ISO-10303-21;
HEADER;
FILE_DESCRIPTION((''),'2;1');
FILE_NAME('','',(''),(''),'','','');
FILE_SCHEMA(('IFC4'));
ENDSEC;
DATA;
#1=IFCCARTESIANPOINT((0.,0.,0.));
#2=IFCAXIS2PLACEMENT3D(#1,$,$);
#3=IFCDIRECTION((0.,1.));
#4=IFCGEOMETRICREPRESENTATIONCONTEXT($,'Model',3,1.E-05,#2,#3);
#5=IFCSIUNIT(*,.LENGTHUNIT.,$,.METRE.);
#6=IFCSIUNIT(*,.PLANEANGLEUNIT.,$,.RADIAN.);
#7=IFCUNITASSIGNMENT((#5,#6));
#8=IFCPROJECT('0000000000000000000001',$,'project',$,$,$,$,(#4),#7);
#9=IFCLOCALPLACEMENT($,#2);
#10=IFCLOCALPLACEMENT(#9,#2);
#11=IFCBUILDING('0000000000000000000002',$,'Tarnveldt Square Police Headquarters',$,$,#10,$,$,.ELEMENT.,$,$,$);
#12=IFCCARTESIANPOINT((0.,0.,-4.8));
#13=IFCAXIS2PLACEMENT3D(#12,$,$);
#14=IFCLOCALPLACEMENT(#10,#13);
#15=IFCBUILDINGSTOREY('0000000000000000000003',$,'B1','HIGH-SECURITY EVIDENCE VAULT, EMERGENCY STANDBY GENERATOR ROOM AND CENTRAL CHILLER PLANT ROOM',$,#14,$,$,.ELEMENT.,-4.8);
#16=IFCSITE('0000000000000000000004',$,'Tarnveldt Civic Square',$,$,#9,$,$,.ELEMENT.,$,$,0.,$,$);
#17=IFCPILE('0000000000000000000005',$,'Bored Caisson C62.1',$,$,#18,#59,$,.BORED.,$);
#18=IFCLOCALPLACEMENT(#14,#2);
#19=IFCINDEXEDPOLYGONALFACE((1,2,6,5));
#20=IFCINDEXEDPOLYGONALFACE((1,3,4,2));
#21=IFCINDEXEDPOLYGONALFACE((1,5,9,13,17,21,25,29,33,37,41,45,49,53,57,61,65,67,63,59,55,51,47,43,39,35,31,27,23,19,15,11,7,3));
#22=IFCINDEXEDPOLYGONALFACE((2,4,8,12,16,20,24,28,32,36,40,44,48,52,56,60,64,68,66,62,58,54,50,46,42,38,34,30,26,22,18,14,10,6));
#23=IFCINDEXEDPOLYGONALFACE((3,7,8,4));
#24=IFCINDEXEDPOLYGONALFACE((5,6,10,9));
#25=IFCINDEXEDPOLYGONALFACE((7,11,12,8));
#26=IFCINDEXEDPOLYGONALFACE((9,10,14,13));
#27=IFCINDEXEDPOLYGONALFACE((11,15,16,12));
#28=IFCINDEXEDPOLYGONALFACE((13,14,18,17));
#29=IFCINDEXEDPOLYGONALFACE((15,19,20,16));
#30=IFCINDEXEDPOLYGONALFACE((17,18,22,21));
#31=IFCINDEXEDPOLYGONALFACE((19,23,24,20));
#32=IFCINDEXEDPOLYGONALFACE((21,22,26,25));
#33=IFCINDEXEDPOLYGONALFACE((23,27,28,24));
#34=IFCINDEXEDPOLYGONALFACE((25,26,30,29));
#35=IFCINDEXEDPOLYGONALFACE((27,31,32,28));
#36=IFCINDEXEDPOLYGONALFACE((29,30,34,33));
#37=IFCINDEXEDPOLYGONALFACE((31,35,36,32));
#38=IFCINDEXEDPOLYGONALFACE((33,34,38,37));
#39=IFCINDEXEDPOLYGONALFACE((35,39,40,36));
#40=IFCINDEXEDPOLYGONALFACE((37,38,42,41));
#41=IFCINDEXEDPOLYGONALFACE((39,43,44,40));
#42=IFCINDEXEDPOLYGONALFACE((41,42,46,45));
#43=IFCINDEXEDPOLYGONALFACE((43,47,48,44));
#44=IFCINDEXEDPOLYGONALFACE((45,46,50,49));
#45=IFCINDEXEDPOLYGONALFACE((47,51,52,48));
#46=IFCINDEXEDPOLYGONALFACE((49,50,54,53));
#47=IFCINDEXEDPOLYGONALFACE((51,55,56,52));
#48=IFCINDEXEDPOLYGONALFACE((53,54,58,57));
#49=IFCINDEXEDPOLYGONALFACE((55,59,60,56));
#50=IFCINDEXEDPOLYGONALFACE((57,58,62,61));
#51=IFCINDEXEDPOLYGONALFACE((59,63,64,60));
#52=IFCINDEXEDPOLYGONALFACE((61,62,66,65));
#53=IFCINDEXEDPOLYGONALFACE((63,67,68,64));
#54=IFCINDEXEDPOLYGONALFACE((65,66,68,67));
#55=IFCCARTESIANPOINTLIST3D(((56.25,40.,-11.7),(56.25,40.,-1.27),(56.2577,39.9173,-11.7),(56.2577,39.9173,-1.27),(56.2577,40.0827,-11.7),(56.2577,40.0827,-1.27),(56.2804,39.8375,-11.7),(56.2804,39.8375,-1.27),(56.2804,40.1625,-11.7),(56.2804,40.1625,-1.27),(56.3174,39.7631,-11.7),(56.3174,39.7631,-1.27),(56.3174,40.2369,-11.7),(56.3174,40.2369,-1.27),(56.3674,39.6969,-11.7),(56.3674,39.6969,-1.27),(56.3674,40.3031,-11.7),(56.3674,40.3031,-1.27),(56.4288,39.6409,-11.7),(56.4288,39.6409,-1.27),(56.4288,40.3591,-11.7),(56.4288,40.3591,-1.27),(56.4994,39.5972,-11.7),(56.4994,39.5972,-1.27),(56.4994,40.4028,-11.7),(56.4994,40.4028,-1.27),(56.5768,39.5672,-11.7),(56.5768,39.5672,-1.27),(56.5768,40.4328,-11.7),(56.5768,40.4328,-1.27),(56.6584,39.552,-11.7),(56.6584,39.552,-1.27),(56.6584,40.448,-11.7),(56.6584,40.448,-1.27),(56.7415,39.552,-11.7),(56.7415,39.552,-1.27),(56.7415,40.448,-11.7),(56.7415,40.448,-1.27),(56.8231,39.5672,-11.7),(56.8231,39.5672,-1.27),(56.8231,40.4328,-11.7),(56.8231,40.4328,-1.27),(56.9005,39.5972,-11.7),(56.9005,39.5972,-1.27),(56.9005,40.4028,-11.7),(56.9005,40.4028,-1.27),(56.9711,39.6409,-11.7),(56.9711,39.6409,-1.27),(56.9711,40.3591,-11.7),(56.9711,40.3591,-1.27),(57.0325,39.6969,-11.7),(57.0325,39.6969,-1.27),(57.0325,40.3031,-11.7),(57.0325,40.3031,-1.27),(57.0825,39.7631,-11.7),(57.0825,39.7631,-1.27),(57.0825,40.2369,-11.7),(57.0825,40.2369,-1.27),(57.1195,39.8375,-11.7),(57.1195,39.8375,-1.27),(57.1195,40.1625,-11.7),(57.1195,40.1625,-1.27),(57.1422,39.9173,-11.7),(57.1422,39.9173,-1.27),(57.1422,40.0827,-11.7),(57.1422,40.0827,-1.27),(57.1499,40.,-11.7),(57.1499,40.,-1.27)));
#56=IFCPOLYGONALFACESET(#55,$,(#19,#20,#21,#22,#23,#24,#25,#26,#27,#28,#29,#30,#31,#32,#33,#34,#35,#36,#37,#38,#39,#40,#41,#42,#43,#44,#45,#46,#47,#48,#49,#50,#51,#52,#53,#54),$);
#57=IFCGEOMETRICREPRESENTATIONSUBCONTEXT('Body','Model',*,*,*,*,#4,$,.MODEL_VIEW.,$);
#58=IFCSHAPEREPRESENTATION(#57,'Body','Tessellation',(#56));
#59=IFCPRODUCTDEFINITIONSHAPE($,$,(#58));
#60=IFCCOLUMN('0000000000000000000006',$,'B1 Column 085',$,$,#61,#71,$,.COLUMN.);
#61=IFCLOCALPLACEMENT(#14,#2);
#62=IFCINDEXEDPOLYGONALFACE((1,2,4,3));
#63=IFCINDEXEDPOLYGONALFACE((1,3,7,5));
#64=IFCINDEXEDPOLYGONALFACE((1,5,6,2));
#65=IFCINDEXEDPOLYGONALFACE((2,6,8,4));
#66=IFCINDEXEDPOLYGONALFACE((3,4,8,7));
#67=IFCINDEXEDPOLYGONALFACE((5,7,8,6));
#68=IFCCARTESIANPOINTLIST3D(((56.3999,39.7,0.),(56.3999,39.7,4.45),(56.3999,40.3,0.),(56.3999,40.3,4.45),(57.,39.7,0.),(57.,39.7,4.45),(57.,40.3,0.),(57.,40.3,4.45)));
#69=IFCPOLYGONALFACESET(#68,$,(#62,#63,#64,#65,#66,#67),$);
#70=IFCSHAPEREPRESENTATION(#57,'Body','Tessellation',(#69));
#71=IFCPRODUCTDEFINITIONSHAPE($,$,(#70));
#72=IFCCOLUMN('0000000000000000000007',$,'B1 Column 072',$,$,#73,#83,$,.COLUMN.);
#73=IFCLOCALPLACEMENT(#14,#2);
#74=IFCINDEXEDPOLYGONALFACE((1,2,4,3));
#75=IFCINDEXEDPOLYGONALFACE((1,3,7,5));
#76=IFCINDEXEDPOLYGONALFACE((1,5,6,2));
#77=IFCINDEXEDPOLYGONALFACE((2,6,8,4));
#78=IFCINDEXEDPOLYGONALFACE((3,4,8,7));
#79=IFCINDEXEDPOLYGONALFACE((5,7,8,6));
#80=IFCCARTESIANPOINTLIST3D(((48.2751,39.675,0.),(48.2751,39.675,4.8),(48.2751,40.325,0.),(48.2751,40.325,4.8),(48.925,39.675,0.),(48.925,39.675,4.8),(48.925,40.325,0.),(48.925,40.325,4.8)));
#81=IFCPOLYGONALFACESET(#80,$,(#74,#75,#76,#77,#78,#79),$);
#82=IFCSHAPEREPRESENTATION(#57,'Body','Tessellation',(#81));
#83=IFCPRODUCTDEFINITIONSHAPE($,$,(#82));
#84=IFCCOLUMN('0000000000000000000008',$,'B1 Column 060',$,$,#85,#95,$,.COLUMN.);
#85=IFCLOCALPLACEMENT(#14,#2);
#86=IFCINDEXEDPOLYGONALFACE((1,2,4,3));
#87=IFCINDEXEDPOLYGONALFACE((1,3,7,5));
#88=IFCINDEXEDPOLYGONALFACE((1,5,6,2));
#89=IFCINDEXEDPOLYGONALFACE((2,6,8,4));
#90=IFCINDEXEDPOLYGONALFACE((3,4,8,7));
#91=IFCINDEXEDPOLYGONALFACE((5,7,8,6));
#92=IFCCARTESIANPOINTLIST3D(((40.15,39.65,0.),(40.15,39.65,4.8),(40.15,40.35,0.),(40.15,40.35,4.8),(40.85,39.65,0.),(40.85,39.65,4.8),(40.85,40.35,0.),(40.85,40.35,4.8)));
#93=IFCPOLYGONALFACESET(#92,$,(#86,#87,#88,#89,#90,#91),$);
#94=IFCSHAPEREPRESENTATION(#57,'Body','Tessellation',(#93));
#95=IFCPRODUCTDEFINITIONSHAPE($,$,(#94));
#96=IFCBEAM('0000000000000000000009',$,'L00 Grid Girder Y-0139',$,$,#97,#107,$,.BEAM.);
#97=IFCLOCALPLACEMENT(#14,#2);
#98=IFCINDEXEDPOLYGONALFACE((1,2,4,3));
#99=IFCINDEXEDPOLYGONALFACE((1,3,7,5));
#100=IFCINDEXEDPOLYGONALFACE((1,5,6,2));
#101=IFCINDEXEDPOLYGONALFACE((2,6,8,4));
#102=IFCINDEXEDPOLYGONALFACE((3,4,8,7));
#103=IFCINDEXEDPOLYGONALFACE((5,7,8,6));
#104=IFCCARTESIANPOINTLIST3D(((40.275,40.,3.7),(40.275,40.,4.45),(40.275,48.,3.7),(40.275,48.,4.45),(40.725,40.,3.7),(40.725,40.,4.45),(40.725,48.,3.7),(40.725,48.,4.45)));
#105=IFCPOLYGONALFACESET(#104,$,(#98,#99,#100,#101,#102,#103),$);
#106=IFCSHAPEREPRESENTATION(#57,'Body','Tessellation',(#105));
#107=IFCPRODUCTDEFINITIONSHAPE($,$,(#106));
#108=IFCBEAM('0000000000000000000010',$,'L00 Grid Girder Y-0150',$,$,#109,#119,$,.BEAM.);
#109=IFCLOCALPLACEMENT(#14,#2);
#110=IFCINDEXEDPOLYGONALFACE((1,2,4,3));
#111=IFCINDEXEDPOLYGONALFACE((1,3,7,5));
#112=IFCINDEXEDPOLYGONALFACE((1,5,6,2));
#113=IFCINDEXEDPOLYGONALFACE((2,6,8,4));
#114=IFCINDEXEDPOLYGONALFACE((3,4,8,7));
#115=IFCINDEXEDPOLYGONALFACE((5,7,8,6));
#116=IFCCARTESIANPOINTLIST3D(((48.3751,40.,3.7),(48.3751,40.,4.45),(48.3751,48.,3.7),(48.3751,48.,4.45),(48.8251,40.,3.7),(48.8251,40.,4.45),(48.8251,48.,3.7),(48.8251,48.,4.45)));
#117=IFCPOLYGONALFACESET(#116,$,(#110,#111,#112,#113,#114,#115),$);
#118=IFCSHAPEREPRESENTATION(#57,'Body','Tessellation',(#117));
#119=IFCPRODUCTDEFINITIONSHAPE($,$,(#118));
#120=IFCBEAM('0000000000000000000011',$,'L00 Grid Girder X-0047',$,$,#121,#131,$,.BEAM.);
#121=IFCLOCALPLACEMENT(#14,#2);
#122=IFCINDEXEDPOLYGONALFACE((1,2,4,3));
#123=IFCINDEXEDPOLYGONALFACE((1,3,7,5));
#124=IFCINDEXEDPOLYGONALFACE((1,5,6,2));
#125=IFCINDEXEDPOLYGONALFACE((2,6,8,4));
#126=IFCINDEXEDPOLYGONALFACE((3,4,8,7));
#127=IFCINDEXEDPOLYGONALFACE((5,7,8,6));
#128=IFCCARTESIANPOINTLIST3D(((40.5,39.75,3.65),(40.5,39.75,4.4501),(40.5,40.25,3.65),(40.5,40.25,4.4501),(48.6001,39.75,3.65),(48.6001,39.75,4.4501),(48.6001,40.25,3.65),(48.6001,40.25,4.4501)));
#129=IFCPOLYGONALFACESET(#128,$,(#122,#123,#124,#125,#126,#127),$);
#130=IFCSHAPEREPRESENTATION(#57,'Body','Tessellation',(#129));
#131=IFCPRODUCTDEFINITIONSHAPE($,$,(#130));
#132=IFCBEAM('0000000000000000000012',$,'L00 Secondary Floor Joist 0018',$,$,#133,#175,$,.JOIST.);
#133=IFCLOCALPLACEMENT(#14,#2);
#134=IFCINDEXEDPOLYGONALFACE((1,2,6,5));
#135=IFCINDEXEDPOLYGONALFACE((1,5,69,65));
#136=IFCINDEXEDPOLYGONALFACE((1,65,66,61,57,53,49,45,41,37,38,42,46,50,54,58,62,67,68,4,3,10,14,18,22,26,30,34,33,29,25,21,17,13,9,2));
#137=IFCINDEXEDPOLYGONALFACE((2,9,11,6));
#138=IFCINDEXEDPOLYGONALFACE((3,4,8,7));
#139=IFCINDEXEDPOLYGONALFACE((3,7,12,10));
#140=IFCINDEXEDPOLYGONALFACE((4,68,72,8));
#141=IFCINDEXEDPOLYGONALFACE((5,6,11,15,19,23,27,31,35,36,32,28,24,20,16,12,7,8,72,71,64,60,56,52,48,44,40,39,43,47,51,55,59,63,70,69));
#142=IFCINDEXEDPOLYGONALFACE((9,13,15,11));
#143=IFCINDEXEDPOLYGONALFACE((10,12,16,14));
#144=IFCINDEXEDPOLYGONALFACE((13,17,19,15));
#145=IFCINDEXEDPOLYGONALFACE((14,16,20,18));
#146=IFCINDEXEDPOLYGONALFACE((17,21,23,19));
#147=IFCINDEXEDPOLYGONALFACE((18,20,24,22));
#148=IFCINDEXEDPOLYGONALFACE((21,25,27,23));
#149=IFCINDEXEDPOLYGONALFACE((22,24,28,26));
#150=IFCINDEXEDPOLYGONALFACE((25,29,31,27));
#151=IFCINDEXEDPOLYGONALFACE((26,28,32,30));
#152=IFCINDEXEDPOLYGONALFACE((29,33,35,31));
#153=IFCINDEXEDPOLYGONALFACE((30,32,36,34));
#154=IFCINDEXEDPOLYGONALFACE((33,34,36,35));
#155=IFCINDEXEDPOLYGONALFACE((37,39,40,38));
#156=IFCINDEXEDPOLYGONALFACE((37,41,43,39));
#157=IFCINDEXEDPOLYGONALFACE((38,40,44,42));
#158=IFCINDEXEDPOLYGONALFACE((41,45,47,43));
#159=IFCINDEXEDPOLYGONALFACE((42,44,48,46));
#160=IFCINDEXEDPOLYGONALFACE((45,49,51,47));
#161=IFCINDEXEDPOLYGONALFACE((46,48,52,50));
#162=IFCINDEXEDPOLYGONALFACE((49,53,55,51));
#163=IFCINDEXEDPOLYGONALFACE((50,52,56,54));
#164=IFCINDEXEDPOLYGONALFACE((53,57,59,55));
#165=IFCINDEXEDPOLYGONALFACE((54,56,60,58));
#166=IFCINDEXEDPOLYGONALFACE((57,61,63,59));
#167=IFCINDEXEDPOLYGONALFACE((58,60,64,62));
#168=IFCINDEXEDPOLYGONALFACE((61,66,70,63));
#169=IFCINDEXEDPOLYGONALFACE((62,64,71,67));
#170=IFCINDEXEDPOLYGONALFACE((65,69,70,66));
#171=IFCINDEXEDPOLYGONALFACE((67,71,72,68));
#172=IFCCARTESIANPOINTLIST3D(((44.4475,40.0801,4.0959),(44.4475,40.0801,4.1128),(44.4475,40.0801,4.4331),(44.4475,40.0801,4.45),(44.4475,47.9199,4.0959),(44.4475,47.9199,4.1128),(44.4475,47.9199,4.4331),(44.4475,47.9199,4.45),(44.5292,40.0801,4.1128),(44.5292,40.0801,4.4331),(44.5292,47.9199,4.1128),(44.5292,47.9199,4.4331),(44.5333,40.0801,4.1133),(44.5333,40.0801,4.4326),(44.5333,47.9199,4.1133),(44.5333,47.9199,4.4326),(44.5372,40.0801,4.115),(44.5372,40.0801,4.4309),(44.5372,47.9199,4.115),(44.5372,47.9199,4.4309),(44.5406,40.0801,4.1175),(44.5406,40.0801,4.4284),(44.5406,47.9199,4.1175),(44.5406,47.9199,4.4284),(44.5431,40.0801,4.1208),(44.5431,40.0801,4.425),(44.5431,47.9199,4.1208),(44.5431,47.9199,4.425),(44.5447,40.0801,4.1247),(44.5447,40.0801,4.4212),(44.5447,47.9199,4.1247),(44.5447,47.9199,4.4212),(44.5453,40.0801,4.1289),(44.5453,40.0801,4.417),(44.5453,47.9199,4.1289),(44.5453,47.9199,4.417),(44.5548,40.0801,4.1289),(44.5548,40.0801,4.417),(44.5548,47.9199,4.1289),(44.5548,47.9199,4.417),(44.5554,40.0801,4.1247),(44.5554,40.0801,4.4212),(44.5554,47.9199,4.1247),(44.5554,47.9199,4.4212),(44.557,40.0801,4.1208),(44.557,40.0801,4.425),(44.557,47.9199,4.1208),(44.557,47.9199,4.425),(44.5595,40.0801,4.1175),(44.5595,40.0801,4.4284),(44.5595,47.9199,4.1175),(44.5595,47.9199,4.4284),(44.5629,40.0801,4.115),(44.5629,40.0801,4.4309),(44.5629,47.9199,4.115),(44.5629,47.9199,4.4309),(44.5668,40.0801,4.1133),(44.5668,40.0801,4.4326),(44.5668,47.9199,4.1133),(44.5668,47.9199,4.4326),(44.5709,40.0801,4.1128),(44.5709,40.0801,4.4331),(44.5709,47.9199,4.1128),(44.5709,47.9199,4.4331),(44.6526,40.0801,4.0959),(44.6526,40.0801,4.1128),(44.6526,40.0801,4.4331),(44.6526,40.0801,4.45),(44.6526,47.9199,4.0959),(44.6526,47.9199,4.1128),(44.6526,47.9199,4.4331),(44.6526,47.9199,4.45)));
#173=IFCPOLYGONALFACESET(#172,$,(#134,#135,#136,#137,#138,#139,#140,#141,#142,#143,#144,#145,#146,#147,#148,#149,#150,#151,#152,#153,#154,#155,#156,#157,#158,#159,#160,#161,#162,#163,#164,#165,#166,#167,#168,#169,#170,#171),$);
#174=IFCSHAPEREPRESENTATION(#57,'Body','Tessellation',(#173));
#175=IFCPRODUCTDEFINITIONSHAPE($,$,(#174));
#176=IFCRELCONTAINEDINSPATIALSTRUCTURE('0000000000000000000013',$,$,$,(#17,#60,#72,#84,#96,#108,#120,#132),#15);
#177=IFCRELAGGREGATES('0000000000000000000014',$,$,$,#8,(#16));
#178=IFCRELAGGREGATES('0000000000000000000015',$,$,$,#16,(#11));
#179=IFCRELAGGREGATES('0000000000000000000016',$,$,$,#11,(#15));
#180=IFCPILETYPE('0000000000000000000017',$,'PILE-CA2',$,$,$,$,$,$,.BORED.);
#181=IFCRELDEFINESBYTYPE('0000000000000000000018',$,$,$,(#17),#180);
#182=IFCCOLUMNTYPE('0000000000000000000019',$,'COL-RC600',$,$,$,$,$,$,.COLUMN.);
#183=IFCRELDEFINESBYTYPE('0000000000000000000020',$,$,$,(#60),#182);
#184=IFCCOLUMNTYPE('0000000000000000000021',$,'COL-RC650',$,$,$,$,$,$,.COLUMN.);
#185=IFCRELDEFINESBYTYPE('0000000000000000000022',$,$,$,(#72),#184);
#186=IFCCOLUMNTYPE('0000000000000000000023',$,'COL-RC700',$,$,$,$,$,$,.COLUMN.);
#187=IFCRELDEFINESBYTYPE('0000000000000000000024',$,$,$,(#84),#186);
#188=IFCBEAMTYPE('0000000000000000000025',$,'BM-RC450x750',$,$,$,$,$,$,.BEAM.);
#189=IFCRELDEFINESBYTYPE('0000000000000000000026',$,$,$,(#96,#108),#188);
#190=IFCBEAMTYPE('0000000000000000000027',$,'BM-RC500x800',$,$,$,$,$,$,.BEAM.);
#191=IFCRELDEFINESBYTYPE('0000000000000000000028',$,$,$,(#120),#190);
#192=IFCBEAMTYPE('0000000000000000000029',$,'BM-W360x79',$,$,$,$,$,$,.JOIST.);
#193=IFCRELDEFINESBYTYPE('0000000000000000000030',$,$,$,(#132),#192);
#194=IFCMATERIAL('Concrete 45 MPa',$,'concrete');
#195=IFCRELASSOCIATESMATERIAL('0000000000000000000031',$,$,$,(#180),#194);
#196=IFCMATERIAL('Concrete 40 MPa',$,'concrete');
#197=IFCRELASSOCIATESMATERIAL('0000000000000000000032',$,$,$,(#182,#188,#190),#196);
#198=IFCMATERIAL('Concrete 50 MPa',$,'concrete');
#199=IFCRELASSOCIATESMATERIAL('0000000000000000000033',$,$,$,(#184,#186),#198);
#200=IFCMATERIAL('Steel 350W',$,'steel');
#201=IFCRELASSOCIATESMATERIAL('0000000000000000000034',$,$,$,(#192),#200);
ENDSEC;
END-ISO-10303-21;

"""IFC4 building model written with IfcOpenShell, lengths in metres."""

from ifc_helpers import new_model, si_unit, direction, frame, origin, origin_2d, place, context, subcontext, project, spatial, rectangle, circle, i_section, extrude, material, material_profile, profile_set, type_object, element, save


model = new_model("IFC4")

# Units and contexts
model_context = context("Model", 3, precision=1e-05, world=origin(), true_north=direction((0.0, 1.0)))
body_context = subcontext(model_context, "Body", "Model", "MODEL_VIEW")
ifc_project = project(units=[si_unit("LENGTHUNIT", "METRE"), si_unit("PLANEANGLEUNIT", "RADIAN")], contexts=[model_context])

# Site, building, storey
site_placement = place(None, origin())
site = spatial("IfcSite", under=ifc_project, at=site_placement, Name="Tarnveldt Civic Square", CompositionType="ELEMENT", RefElevation=0.0)
building_placement = place(site_placement, origin())
building = spatial("IfcBuilding", under=site, at=building_placement, Name="Tarnveldt Square Police Headquarters", CompositionType="ELEMENT")
storey_placement = place(building_placement, frame((0.0, 0.0, -4.8)))
storey = spatial("IfcBuildingStorey", under=building, at=storey_placement, Name="B1", Description="HIGH-SECURITY EVIDENCE VAULT, EMERGENCY STANDBY GENERATOR ROOM AND CENTRAL CHILLER PLANT ROOM", CompositionType="ELEMENT", Elevation=-4.8)

# Shared definitions
ifc_material_1 = material(Name="Concrete 45 MPa", Category="concrete")

# Pile
ifc_material_profile_1 = material_profile(ifc_material_1, circle(Radius=0.45, at=origin_2d()), Name="CAISSON-D900")
ifc_profile_set_1 = profile_set([ifc_material_profile_1], Name="Concrete 45 MPa")
pile_type = type_object("IfcPileType", Name="PILE-CA2", PredefinedType="BORED", material=ifc_profile_set_1)
pile_placement = place(storey_placement, frame((56.7, 40.0, -1.27), z_axis=(0.0, 0.0, -1.0), x_axis=(1.0, 0.0, 0.0)))
element("IfcPile", 1, at=pile_placement, inside=storey, type_object=pile_type, Name="Bored Caisson C62.1", PredefinedType="BORED", context=body_context, shape_type="SweptSolid", body=[
    extrude(circle(Radius=0.45, at=origin_2d()), origin(), (0.0, 0.0, 1.0), 10.4299),
])

# Columns
ifc_material_2 = material(Name="Concrete 40 MPa", Category="concrete")
ifc_material_profile_2 = material_profile(ifc_material_2, rectangle(XDim=0.6001, YDim=0.6001, at=origin_2d()), Name="RC-C600x600")
ifc_profile_set_2 = profile_set([ifc_material_profile_2], Name="Concrete 40 MPa")
column_type_1 = type_object("IfcColumnType", Name="COL-RC600", PredefinedType="COLUMN", material=ifc_profile_set_2)
column_1_placement = place(storey_placement, frame((56.7, 40.0, 0.0), z_axis=(0.0, 0.0, 1.0), x_axis=(1.0, 0.0, 0.0)))
element("IfcColumn", 2, at=column_1_placement, inside=storey, type_object=column_type_1, Name="B1 Column 085", PredefinedType="COLUMN", context=body_context, shape_type="SweptSolid", body=[
    extrude(rectangle(XDim=0.6001, YDim=0.6001, at=origin_2d()), origin(), (0.0, 0.0, 1.0), 4.45),
])
ifc_material_3 = material(Name="Concrete 50 MPa", Category="concrete")
ifc_material_profile_3 = material_profile(ifc_material_3, rectangle(XDim=0.6499, YDim=0.6499, at=origin_2d()), Name="RC-C650x650")
ifc_profile_set_3 = profile_set([ifc_material_profile_3], Name="Concrete 50 MPa")
column_type_2 = type_object("IfcColumnType", Name="COL-RC650", PredefinedType="COLUMN", material=ifc_profile_set_3)
column_2_placement = place(storey_placement, frame((48.6001, 40.0, 0.0), z_axis=(0.0, 0.0, 1.0), x_axis=(1.0, 0.0, 0.0)))
element("IfcColumn", 3, at=column_2_placement, inside=storey, type_object=column_type_2, Name="B1 Column 072", PredefinedType="COLUMN", context=body_context, shape_type="SweptSolid", body=[
    extrude(rectangle(XDim=0.6499, YDim=0.6499, at=origin_2d()), origin(), (0.0, 0.0, 1.0), 4.8),
])
ifc_material_profile_4 = material_profile(ifc_material_3, rectangle(XDim=0.7, YDim=0.7, at=origin_2d()), Name="RC-C700x700")
ifc_profile_set_4 = profile_set([ifc_material_profile_4], Name="Concrete 50 MPa")
column_type_3 = type_object("IfcColumnType", Name="COL-RC700", PredefinedType="COLUMN", material=ifc_profile_set_4)
column_3_placement = place(storey_placement, frame((40.5, 40.0, 0.0), z_axis=(0.0, 0.0, 1.0), x_axis=(1.0, 0.0, 0.0)))
element("IfcColumn", 4, at=column_3_placement, inside=storey, type_object=column_type_3, Name="B1 Column 060", PredefinedType="COLUMN", context=body_context, shape_type="SweptSolid", body=[
    extrude(rectangle(XDim=0.7, YDim=0.7, at=origin_2d()), origin(), (0.0, 0.0, 1.0), 4.8),
])

# Beams
ifc_material_profile_5 = material_profile(ifc_material_2, rectangle(XDim=0.45, YDim=0.75, at=origin_2d()), Name="RC-B450x750")
ifc_profile_set_5 = profile_set([ifc_material_profile_5], Name="Concrete 40 MPa")
beam_type_1 = type_object("IfcBeamType", Name="BM-RC450x750", PredefinedType="BEAM", material=ifc_profile_set_5)
for number, where, z_axis, x_axis, name in (
    (5, (40.5, 40.0, 4.075), (0.0, 1.0, 0.0), (-1.0, 0.0, 0.0), "L00 Grid Girder Y-0139"),
    (6, (48.6001, 40.0, 4.075), (0.0, 1.0, 0.0), (-1.0, 0.0, 0.0), "L00 Grid Girder Y-0150"),
):
    element("IfcBeam", number, at=place(storey_placement, frame(where, z_axis=z_axis, x_axis=x_axis)), inside=storey, type_object=beam_type_1, Name=name, PredefinedType="BEAM", context=body_context, shape_type="SweptSolid", body=[
        extrude(rectangle(XDim=0.45, YDim=0.75, at=origin_2d()), origin(), (0.0, 0.0, 1.0), 8.0),
    ])
ifc_material_profile_6 = material_profile(ifc_material_2, rectangle(XDim=0.5, YDim=0.8, at=origin_2d()), Name="RC-B500x800")
ifc_profile_set_6 = profile_set([ifc_material_profile_6], Name="Concrete 40 MPa")
beam_type_2 = type_object("IfcBeamType", Name="BM-RC500x800", PredefinedType="BEAM", material=ifc_profile_set_6)
beam_1_placement = place(storey_placement, frame((40.5, 40.0, 4.05), z_axis=(1.0, 0.0, 0.0), x_axis=(0.0, 1.0, 0.0)))
element("IfcBeam", 7, at=beam_1_placement, inside=storey, type_object=beam_type_2, Name="L00 Grid Girder X-0047", PredefinedType="BEAM", context=body_context, shape_type="SweptSolid", body=[
    extrude(rectangle(XDim=0.5, YDim=0.8, at=origin_2d()), origin(), (0.0, 0.0, 1.0), 8.1001),
])
ifc_material_4 = material(Name="Steel 350W", Category="steel")
ifc_material_profile_7 = material_profile(ifc_material_4, i_section(OverallWidth=0.2051, OverallDepth=0.354, WebThickness=0.0095, FlangeThickness=0.0168, FilletRadius=0.0161, at=origin_2d()), Name="W360x79")
ifc_profile_set_7 = profile_set([ifc_material_profile_7], Name="Steel 350W")
beam_type_3 = type_object("IfcBeamType", Name="BM-W360x79", PredefinedType="JOIST", material=ifc_profile_set_7)
beam_2_placement = place(storey_placement, frame((44.55, 40.0801, 4.2729), z_axis=(0.0, 1.0, 0.0), x_axis=(-1.0, 0.0, 0.0)))
element("IfcBeam", 8, at=beam_2_placement, inside=storey, type_object=beam_type_3, Name="L00 Secondary Floor Joist 0018", PredefinedType="JOIST", context=body_context, shape_type="SweptSolid", body=[
    extrude(i_section(OverallWidth=0.2051, OverallDepth=0.354, WebThickness=0.0095, FlangeThickness=0.0168, FilletRadius=0.0161, at=origin_2d()), origin(), (0.0, 0.0, 1.0), 7.8398),
])

save(model, "model.ifc")
